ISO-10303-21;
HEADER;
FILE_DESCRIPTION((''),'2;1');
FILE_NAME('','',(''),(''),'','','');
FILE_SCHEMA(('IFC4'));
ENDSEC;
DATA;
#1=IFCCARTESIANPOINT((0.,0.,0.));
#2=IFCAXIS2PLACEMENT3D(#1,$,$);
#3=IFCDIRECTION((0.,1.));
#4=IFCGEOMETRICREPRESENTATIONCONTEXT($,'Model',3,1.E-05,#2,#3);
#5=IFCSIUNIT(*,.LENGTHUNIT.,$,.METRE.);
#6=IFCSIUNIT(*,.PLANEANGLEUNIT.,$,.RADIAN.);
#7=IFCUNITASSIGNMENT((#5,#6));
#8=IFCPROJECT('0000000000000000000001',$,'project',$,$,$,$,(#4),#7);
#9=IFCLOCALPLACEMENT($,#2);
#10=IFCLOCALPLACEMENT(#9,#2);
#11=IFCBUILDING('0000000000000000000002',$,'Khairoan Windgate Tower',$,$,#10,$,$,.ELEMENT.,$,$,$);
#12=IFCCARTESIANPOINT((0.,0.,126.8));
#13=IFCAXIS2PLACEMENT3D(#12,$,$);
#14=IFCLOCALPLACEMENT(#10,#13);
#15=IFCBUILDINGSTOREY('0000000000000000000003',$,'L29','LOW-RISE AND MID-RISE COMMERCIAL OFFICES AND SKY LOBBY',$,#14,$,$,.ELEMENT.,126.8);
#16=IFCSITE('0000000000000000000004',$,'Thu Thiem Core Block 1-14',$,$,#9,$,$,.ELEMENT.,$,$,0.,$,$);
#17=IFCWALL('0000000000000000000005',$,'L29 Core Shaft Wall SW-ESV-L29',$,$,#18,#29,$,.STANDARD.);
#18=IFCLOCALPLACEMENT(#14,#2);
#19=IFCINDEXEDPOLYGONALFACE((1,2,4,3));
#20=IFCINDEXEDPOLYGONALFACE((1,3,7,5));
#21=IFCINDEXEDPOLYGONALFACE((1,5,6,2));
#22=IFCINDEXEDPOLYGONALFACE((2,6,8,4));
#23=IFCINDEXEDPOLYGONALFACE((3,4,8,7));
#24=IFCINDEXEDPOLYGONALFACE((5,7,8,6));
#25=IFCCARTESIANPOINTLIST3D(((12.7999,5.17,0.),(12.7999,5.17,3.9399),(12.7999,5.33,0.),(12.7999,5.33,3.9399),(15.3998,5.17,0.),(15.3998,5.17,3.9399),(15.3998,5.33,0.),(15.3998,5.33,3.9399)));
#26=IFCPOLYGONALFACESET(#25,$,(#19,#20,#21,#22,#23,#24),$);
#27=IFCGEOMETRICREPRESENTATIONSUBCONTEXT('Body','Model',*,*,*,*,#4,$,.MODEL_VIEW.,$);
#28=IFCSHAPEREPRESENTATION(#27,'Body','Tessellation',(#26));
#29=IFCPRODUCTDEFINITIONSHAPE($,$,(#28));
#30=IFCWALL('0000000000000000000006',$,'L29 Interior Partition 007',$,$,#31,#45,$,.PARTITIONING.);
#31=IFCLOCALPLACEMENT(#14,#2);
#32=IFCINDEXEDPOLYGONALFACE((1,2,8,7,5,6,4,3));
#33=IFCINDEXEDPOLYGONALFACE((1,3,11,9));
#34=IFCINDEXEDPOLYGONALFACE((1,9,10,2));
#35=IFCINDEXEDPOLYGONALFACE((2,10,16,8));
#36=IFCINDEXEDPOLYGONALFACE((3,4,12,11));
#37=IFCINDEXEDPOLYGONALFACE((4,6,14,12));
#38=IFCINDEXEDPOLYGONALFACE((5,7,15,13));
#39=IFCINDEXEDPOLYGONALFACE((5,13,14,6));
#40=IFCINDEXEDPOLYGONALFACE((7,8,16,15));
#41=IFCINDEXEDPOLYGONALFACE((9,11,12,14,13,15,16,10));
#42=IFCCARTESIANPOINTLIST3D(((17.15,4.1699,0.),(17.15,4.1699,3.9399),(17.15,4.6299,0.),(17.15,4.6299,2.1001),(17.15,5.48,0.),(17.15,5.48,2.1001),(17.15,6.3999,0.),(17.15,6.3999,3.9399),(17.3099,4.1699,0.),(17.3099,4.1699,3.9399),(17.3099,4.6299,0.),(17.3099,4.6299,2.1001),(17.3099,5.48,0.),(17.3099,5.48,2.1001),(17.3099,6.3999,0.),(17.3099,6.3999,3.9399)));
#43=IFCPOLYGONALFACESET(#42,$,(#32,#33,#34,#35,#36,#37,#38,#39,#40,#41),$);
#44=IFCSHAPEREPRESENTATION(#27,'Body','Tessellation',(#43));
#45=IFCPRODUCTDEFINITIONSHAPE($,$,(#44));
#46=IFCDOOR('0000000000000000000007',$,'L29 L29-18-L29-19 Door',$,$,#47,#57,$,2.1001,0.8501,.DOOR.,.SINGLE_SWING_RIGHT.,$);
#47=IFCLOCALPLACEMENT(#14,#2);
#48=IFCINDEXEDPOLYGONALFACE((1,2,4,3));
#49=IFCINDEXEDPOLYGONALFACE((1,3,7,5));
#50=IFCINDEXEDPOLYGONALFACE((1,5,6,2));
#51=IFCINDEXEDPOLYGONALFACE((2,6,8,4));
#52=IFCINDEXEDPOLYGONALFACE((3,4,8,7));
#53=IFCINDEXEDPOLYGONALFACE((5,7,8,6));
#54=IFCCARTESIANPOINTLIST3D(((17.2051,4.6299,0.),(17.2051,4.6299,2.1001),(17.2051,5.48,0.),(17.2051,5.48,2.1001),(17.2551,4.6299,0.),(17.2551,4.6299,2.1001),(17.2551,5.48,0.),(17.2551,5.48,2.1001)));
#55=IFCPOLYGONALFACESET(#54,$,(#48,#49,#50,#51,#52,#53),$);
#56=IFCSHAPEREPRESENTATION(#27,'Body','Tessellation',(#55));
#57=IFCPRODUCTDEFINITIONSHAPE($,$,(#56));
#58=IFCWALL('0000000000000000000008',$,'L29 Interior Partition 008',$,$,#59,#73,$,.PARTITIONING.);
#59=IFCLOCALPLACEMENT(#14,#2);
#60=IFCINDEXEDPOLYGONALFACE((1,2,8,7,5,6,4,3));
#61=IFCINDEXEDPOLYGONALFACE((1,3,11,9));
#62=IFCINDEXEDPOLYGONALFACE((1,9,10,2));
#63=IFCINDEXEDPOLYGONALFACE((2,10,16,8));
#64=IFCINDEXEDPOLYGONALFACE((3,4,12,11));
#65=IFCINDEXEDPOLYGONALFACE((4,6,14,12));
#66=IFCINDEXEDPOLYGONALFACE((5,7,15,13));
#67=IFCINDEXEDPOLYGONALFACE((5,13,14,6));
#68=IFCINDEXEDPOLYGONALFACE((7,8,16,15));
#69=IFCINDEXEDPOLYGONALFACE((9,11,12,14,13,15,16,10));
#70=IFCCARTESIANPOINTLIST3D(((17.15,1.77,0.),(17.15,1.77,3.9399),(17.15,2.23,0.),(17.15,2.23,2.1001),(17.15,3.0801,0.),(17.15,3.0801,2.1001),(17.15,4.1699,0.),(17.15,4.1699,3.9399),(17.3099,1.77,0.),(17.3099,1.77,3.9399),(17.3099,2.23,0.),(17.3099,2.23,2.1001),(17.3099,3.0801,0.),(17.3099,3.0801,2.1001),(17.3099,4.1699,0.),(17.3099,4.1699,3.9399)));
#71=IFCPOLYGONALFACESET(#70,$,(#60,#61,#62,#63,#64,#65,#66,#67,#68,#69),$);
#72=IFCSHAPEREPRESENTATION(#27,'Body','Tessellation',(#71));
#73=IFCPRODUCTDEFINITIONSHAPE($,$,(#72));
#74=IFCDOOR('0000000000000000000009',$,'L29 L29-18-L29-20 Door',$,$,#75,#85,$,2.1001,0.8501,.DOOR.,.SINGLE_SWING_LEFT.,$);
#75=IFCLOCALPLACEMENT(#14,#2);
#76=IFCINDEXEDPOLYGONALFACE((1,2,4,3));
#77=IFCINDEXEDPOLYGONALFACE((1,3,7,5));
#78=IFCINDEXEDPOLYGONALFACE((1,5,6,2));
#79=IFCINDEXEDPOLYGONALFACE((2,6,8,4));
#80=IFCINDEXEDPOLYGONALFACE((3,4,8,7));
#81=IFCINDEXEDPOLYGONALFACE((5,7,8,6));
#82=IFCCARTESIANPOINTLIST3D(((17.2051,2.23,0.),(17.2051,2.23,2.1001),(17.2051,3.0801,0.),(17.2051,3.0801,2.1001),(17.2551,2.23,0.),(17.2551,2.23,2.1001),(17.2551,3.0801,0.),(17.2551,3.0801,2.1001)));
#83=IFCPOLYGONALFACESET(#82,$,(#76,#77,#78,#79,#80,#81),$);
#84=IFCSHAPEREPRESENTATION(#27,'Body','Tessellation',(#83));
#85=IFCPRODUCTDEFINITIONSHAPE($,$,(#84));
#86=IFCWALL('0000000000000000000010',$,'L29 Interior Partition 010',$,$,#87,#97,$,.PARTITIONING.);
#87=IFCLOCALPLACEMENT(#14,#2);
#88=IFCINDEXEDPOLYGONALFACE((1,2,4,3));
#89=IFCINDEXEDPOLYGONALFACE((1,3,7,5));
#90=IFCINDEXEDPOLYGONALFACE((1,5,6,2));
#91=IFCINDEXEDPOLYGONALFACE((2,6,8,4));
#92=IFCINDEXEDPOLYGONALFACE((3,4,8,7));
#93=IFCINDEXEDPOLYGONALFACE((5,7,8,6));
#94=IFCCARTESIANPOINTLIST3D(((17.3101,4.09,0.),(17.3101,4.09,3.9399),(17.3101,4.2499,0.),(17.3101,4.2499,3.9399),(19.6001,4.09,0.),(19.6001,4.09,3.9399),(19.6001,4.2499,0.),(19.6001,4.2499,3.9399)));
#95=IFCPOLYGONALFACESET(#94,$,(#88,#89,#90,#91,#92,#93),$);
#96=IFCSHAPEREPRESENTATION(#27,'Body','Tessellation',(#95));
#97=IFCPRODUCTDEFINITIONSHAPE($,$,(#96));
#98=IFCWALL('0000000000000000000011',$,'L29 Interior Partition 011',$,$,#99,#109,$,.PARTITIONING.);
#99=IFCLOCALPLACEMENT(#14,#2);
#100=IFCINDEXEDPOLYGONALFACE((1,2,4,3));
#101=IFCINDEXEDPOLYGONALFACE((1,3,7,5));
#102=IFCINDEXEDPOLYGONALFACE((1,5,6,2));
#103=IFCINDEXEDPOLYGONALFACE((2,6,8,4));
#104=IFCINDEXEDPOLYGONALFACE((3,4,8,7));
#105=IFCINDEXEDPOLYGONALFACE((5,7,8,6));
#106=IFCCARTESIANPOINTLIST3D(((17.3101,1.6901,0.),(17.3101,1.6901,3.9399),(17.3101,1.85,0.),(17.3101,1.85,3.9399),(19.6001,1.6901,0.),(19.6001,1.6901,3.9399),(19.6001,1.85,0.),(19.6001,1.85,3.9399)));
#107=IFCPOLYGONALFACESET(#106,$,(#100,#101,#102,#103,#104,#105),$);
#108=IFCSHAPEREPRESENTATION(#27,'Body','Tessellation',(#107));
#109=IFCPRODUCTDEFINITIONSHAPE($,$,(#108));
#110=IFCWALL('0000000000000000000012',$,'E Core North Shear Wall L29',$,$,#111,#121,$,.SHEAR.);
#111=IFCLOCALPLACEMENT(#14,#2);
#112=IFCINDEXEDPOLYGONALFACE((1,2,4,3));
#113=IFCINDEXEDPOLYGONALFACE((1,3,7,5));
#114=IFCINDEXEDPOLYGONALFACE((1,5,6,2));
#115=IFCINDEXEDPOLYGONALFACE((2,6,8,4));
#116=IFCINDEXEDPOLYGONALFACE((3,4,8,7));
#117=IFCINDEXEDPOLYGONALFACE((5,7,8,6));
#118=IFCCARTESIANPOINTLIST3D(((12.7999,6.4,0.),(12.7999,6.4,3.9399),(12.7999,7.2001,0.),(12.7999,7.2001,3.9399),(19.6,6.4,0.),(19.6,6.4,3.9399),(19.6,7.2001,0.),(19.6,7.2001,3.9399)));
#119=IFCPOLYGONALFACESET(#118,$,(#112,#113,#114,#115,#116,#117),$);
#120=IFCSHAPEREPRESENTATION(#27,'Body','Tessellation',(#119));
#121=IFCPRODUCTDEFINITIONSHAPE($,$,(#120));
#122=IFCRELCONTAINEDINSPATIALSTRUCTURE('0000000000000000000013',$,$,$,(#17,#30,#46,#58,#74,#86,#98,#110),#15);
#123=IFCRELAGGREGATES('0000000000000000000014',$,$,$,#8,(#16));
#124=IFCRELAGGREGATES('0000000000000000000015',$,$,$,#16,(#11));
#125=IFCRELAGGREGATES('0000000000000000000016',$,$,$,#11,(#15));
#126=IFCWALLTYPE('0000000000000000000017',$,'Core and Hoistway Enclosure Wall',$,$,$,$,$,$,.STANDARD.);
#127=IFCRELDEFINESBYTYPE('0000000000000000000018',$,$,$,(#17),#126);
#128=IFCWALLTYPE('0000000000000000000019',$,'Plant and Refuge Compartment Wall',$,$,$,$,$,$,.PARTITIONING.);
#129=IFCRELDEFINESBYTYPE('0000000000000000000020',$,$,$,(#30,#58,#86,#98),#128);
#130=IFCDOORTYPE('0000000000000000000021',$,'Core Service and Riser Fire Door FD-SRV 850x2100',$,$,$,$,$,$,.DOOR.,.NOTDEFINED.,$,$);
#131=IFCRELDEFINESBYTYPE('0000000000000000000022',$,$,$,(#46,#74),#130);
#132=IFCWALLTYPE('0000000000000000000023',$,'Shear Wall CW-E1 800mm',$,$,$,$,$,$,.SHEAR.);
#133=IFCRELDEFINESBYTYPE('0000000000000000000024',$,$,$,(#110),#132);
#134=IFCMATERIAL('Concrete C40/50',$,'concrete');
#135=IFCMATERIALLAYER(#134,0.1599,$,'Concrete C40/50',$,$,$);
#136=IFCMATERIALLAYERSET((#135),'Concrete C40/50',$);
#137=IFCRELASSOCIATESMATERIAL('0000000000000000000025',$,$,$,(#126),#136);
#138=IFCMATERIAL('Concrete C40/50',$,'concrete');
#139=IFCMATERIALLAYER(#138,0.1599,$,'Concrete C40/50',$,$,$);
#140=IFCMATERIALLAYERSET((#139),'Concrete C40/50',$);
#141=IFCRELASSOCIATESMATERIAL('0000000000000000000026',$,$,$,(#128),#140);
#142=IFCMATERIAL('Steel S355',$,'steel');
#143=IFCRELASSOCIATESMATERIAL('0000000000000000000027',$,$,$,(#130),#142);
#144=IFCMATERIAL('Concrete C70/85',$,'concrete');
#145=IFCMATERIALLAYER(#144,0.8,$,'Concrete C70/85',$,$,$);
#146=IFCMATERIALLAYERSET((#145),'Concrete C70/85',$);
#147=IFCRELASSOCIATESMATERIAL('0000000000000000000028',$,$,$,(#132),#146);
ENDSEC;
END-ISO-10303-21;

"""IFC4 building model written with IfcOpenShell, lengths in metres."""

from ifc_helpers import new_model, si_unit, direction, frame, frame_2d, origin, place, context, subcontext, project, spatial, rectangle, extrude, material, layer, layer_set, type_object, element, fill, save


model = new_model("IFC4")

# Units and contexts
model_context = context("Model", 3, precision=1e-05, world=origin(), true_north=direction((0.0, 1.0)))
body_context = subcontext(model_context, "Body", "Model", "MODEL_VIEW")
ifc_project = project(units=[si_unit("LENGTHUNIT", "METRE"), si_unit("PLANEANGLEUNIT", "RADIAN")], contexts=[model_context])

# Site, building, storey
site_placement = place(None, origin())
site = spatial("IfcSite", under=ifc_project, at=site_placement, Name="Thu Thiem Core Block 1-14", CompositionType="ELEMENT", RefElevation=0.0)
building_placement = place(site_placement, origin())
building = spatial("IfcBuilding", under=site, at=building_placement, Name="Khairoan Windgate Tower", CompositionType="ELEMENT")
storey_placement = place(building_placement, frame((0.0, 0.0, 126.8)))
storey = spatial("IfcBuildingStorey", under=building, at=storey_placement, Name="L29", Description="LOW-RISE AND MID-RISE COMMERCIAL OFFICES AND SKY LOBBY", CompositionType="ELEMENT", Elevation=126.8)

# Wall
ifc_material_1 = material(Name="Concrete C40/50", Category="concrete")
ifc_layer_1 = layer(ifc_material_1, 0.1599, Name="Concrete C40/50")
ifc_layer_set_1 = layer_set([ifc_layer_1], Name="Concrete C40/50")
wall_type_1 = type_object("IfcWallType", Name="Core and Hoistway Enclosure Wall", PredefinedType="STANDARD", material=ifc_layer_set_1)
wall_1_placement = place(storey_placement, frame((12.8, 5.25, 0.0), z_axis=(0.0, 0.0, 1.0), x_axis=(1.0, 0.0, 0.0)))
element("IfcWall", 1, at=wall_1_placement, inside=storey, type_object=wall_type_1, Name="L29 Core Shaft Wall SW-ESV-L29", PredefinedType="STANDARD", context=body_context, shape_type="SweptSolid", body=[
    extrude(rectangle(XDim=2.5999, YDim=0.1599, at=frame_2d((1.2998, 0.0))), origin(), (0.0, 0.0, 1.0), 3.9399),
])

# Walls, openings, doors
ifc_material_2 = material(Name="Concrete C40/50", Category="concrete")
ifc_layer_2 = layer(ifc_material_2, 0.1599, Name="Concrete C40/50")
ifc_layer_set_2 = layer_set([ifc_layer_2], Name="Concrete C40/50")
wall_type_2 = type_object("IfcWallType", Name="Plant and Refuge Compartment Wall", PredefinedType="PARTITIONING", material=ifc_layer_set_2)
wall_2_placement = place(storey_placement, frame((17.23, 4.1699, 0.0), z_axis=(0.0, 0.0, 1.0), x_axis=(0.0, 1.0, 0.0)))
wall_2 = element("IfcWall", 2, at=wall_2_placement, inside=storey, type_object=wall_type_2, Name="L29 Interior Partition 007", PredefinedType="PARTITIONING", context=body_context, shape_type="SweptSolid", body=[
    extrude(rectangle(XDim=2.23, YDim=0.1599, at=frame_2d((1.115, 0.0))), origin(), (0.0, 0.0, 1.0), 3.9399),
])
opening_1_placement = place(wall_2_placement, frame((0.46, 0.0, 0.0)))
opening_1 = element("IfcOpeningElement", 3, at=opening_1_placement, cuts=wall_2, PredefinedType="OPENING", context=body_context, shape_type="SweptSolid", body=[
    extrude(rectangle(XDim=0.8501, YDim=2.1001, at=frame_2d((0.425, 1.05))), frame((0.0, 0.0898, 0.0), z_axis=(0.0, -1.0, 0.0), x_axis=(1.0, 0.0, 0.0)), (0.0, 0.0, 1.0), 0.1799),
])
ifc_material_3 = material(Name="Steel S355", Category="steel")
door_type = type_object("IfcDoorType", Name="Core Service and Riser Fire Door FD-SRV 850x2100", OperationType="NOTDEFINED", PredefinedType="DOOR", material=ifc_material_3)
door_1_placement = place(opening_1_placement, origin())
door_1 = element("IfcDoor", 4, at=door_1_placement, inside=storey, type_object=door_type, Name="L29 L29-18-L29-19 Door", OperationType="SINGLE_SWING_RIGHT", OverallHeight=2.1001, OverallWidth=0.8501, PredefinedType="DOOR", context=body_context, shape_type="SweptSolid", body=[
    extrude(rectangle(XDim=0.8501, YDim=2.1001, at=frame_2d((0.425, 1.05))), frame((0.0, 0.0249, 0.0), z_axis=(0.0, -1.0, 0.0), x_axis=(1.0, 0.0, 0.0)), (0.0, 0.0, 1.0), 0.05),
])
fill(opening_1, door_1)
wall_3_placement = place(storey_placement, frame((17.23, 1.77, 0.0), z_axis=(0.0, 0.0, 1.0), x_axis=(0.0, 1.0, 0.0)))
wall_3 = element("IfcWall", 5, at=wall_3_placement, inside=storey, type_object=wall_type_2, Name="L29 Interior Partition 008", PredefinedType="PARTITIONING", context=body_context, shape_type="SweptSolid", body=[
    extrude(rectangle(XDim=2.3999, YDim=0.1599, at=frame_2d((1.2, 0.0))), origin(), (0.0, 0.0, 1.0), 3.9399),
])
opening_2_placement = place(wall_3_placement, frame((0.46, 0.0, 0.0)))
opening_2 = element("IfcOpeningElement", 6, at=opening_2_placement, cuts=wall_3, PredefinedType="OPENING", context=body_context, shape_type="SweptSolid", body=[
    extrude(rectangle(XDim=0.8501, YDim=2.1001, at=frame_2d((0.425, 1.05))), frame((0.0, 0.0898, 0.0), z_axis=(0.0, -1.0, 0.0), x_axis=(1.0, 0.0, 0.0)), (0.0, 0.0, 1.0), 0.1799),
])
door_2_placement = place(opening_2_placement, origin())
door_2 = element("IfcDoor", 7, at=door_2_placement, inside=storey, type_object=door_type, Name="L29 L29-18-L29-20 Door", OperationType="SINGLE_SWING_LEFT", OverallHeight=2.1001, OverallWidth=0.8501, PredefinedType="DOOR", context=body_context, shape_type="SweptSolid", body=[
    extrude(rectangle(XDim=0.8501, YDim=2.1001, at=frame_2d((0.425, 1.05))), frame((0.0, 0.0249, 0.0), z_axis=(0.0, -1.0, 0.0), x_axis=(1.0, 0.0, 0.0)), (0.0, 0.0, 1.0), 0.05),
])
fill(opening_2, door_2)

# Walls
for number, where, z_axis, x_axis, name in (
    (8, (17.3101, 4.1699, 0.0), (0.0, 0.0, 1.0), (1.0, 0.0, 0.0), "L29 Interior Partition 010"),
    (9, (17.3101, 1.77, 0.0), (0.0, 0.0, 1.0), (1.0, 0.0, 0.0), "L29 Interior Partition 011"),
):
    element("IfcWall", number, at=place(storey_placement, frame(where, z_axis=z_axis, x_axis=x_axis)), inside=storey, type_object=wall_type_2, Name=name, PredefinedType="PARTITIONING", context=body_context, shape_type="SweptSolid", body=[
        extrude(rectangle(XDim=2.29, YDim=0.1599, at=frame_2d((1.145, 0.0))), origin(), (0.0, 0.0, 1.0), 3.9399),
    ])
ifc_material_4 = material(Name="Concrete C70/85", Category="concrete")
ifc_layer_3 = layer(ifc_material_4, 0.8, Name="Concrete C70/85")
ifc_layer_set_3 = layer_set([ifc_layer_3], Name="Concrete C70/85")
wall_type_3 = type_object("IfcWallType", Name="Shear Wall CW-E1 800mm", PredefinedType="SHEAR", material=ifc_layer_set_3)
wall_4_placement = place(storey_placement, frame((12.8, 6.8, 0.0), z_axis=(0.0, 0.0, 1.0), x_axis=(1.0, 0.0, 0.0)))
element("IfcWall", 10, at=wall_4_placement, inside=storey, type_object=wall_type_3, Name="E Core North Shear Wall L29", PredefinedType="SHEAR", context=body_context, shape_type="SweptSolid", body=[
    extrude(rectangle(XDim=6.8, YDim=0.8, at=frame_2d((3.3999, 0.0))), origin(), (0.0, 0.0, 1.0), 3.9399),
])

save(model, "model.ifc")
